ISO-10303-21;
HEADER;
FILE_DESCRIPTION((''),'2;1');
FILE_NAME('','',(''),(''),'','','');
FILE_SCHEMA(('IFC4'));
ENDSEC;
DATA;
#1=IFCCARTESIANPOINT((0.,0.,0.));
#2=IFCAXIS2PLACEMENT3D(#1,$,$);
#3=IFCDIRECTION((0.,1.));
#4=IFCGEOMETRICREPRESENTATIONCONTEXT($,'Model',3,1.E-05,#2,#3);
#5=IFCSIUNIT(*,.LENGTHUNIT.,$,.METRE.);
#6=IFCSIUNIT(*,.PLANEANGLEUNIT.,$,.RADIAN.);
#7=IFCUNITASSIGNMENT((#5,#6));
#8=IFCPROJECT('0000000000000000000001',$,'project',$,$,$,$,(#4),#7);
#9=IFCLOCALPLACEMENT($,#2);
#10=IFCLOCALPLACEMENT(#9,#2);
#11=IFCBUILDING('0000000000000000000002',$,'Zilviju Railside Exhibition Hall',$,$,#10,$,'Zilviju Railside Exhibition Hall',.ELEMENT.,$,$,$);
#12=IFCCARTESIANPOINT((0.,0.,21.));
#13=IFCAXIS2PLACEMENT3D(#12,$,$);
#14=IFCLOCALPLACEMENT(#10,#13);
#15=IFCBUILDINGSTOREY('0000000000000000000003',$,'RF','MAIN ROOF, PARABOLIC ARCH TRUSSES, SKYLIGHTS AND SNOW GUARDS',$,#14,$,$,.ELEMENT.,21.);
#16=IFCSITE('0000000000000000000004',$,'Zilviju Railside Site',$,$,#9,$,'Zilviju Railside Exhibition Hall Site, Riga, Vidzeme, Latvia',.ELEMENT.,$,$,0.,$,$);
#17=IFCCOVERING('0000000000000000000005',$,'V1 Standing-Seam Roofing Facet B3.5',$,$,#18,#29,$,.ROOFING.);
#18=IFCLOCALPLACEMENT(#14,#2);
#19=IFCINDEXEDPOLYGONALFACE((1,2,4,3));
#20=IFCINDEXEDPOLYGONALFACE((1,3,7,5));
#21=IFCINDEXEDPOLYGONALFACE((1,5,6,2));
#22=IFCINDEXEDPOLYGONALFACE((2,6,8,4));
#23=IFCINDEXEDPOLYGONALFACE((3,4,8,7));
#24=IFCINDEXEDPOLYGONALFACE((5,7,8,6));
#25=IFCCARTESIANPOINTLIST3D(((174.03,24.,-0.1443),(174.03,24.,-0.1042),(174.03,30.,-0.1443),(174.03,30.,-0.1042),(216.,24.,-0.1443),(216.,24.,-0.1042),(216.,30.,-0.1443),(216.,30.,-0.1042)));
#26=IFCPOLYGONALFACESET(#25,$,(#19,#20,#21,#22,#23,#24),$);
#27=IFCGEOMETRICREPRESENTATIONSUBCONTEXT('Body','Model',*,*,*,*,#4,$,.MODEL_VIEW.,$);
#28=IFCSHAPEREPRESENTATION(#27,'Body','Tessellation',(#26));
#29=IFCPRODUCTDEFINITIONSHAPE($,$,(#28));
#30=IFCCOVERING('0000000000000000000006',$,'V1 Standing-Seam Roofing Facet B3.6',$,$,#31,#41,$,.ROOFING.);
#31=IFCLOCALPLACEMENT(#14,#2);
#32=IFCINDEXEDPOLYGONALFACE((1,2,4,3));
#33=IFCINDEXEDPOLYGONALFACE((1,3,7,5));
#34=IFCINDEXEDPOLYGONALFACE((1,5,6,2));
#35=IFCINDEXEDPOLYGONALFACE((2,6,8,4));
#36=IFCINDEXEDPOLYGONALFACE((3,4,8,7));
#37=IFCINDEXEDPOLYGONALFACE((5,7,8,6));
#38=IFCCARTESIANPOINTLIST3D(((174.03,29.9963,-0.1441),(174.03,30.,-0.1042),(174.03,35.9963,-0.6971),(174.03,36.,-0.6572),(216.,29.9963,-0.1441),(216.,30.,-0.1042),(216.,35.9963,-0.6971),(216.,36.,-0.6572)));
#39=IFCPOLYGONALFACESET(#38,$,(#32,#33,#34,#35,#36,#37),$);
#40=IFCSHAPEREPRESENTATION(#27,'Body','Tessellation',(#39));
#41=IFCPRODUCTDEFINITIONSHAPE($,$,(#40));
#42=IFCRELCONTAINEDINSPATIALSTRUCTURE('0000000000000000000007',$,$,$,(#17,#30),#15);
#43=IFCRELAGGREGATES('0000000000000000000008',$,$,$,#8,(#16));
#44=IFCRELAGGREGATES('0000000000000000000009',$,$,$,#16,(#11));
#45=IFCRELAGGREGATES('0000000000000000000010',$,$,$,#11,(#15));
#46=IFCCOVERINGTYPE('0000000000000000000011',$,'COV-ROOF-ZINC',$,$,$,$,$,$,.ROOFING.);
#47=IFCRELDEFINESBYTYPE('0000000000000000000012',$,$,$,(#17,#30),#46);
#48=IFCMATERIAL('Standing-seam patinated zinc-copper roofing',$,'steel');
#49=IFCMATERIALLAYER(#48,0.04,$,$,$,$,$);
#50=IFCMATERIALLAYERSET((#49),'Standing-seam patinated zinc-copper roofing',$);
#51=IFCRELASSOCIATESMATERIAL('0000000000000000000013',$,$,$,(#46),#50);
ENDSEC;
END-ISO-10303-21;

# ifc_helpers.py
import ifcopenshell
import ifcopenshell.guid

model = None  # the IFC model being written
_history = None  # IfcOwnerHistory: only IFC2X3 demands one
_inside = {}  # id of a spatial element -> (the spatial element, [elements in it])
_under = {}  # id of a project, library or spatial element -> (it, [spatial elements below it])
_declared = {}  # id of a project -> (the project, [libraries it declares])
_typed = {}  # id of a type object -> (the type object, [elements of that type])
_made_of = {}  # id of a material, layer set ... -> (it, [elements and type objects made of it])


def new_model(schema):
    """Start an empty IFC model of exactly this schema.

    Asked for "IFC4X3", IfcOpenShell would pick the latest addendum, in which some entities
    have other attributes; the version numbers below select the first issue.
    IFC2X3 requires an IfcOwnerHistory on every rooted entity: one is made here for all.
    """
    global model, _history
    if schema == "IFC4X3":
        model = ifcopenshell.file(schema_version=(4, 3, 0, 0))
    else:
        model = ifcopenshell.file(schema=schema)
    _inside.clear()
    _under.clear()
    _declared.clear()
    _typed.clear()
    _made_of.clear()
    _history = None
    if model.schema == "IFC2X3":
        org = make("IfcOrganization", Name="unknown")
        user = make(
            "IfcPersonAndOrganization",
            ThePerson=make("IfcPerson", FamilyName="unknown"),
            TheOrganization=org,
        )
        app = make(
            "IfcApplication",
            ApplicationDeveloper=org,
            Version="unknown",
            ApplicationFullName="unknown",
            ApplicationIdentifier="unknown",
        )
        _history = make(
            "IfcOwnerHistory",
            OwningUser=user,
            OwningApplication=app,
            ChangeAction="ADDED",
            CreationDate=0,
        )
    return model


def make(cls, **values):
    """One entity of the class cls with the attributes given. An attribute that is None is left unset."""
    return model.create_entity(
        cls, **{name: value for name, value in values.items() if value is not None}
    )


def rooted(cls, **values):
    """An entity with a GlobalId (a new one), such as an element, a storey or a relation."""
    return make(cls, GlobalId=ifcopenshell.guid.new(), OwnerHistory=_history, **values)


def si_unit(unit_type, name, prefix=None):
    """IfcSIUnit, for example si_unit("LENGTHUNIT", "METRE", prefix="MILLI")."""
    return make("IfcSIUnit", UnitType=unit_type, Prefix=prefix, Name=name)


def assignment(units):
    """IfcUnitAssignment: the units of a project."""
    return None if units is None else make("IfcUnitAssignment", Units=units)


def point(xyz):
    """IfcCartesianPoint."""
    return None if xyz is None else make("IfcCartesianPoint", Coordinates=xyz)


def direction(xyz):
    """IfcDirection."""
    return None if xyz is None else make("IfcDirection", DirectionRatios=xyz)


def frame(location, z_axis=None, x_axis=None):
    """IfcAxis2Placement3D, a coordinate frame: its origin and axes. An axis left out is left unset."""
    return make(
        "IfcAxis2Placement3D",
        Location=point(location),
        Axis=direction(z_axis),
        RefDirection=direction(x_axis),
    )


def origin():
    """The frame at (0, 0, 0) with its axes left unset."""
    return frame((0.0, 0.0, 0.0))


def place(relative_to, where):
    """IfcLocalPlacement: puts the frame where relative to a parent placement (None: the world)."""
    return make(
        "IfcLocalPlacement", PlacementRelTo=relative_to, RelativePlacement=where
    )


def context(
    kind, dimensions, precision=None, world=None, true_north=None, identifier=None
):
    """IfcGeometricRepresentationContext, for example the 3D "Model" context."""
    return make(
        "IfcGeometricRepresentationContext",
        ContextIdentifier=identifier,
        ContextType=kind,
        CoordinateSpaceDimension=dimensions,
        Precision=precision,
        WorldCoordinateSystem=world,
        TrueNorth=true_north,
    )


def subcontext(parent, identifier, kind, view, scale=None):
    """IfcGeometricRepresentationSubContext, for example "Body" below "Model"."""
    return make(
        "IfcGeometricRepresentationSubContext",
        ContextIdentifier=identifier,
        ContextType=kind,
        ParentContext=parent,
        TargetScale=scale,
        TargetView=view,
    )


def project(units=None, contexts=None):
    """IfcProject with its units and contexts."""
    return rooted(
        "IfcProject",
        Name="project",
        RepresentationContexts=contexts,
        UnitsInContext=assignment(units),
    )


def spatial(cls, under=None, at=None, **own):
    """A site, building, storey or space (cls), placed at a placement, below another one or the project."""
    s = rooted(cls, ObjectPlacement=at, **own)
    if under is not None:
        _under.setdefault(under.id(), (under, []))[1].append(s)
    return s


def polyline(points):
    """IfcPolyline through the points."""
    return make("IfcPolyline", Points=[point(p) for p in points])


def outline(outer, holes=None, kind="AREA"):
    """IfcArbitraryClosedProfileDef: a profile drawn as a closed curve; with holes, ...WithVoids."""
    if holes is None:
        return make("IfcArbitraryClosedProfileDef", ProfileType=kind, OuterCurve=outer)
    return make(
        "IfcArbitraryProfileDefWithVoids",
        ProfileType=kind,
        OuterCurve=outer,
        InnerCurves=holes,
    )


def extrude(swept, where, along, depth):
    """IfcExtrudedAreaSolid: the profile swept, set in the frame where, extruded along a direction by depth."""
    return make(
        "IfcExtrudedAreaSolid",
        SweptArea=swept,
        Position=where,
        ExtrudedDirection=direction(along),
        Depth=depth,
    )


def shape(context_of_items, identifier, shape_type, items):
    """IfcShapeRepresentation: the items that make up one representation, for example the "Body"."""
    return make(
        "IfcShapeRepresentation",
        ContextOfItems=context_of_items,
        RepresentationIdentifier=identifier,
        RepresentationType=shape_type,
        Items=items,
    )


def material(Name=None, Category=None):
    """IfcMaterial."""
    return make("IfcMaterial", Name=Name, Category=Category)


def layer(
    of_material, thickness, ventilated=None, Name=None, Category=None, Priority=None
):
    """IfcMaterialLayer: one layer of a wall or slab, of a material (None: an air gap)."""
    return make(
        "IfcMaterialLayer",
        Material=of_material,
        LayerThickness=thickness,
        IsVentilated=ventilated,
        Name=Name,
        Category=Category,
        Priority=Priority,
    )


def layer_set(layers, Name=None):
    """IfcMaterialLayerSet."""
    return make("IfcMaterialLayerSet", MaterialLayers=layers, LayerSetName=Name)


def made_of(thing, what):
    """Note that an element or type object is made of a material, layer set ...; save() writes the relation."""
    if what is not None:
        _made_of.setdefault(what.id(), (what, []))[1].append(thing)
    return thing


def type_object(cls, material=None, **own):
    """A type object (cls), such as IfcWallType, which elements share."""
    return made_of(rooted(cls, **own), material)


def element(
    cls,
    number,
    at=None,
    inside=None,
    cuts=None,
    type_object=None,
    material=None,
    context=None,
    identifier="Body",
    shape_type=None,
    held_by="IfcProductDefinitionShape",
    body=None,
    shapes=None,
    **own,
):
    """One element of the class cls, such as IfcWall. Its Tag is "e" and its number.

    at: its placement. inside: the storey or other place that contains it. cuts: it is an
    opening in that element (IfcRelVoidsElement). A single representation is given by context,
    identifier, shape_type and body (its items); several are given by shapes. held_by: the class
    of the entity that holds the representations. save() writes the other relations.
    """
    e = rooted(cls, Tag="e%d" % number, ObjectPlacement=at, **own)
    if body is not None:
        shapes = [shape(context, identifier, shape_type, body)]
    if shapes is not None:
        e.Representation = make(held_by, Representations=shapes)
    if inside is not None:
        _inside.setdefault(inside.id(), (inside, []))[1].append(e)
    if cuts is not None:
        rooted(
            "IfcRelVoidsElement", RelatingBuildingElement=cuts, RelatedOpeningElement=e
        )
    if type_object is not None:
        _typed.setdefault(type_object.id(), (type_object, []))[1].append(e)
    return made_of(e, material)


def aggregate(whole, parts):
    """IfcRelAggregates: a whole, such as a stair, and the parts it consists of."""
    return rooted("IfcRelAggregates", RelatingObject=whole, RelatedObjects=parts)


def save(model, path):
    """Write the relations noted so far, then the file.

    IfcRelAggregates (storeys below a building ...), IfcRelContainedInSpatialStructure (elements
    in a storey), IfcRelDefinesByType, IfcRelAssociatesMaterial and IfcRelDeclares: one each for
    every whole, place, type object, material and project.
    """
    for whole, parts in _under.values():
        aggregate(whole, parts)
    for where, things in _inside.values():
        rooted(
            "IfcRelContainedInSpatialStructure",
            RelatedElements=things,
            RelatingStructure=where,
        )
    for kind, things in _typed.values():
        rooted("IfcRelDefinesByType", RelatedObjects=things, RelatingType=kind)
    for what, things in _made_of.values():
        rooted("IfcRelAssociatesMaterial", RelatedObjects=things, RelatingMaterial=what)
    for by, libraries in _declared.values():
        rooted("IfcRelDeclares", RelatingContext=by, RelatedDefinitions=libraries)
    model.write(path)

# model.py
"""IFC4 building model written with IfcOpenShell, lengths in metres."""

from ifc_helpers import new_model, si_unit, direction, frame, origin, place, context, subcontext, project, spatial, polyline, outline, extrude, material, layer, layer_set, type_object, element, save


model = new_model("IFC4")

# Units and contexts
model_context = context("Model", 3, precision=1e-05, world=origin(), true_north=direction((0.0, 1.0)))
body_context = subcontext(model_context, "Body", "Model", "MODEL_VIEW")
ifc_project = project(units=[si_unit("LENGTHUNIT", "METRE"), si_unit("PLANEANGLEUNIT", "RADIAN")], contexts=[model_context])

# Site, building, storey
site_placement = place(None, origin())
site = spatial("IfcSite", under=ifc_project, at=site_placement, Name="Zilviju Railside Site", LongName="Zilviju Railside Exhibition Hall Site, Riga, Vidzeme, Latvia", CompositionType="ELEMENT", RefElevation=0.0)
building_placement = place(site_placement, origin())
building = spatial("IfcBuilding", under=site, at=building_placement, Name="Zilviju Railside Exhibition Hall", LongName="Zilviju Railside Exhibition Hall", CompositionType="ELEMENT")
storey_placement = place(building_placement, frame((0.0, 0.0, 21.0)))
storey = spatial("IfcBuildingStorey", under=building, at=storey_placement, Name="RF", Description="MAIN ROOF, PARABOLIC ARCH TRUSSES, SKYLIGHTS AND SNOW GUARDS", CompositionType="ELEMENT", Elevation=21.0)

# Coverings
ifc_material_1 = material(Name="Standing-seam patinated zinc-copper roofing", Category="steel")
ifc_layer_1 = layer(ifc_material_1, 0.04)
ifc_layer_set_1 = layer_set([ifc_layer_1], Name="Standing-seam patinated zinc-copper roofing")
covering_type = type_object("IfcCoveringType", Name="COV-ROOF-ZINC", PredefinedType="ROOFING", material=ifc_layer_set_1)
covering_1_placement = place(storey_placement, frame((174.03, 24.0, -0.1042), z_axis=(0.0, 0.0, 1.0), x_axis=(1.0, 0.0, 0.0)))
element("IfcCovering", 1, at=covering_1_placement, inside=storey, type_object=covering_type, Name="V1 Standing-Seam Roofing Facet B3.5", PredefinedType="ROOFING", context=body_context, shape_type="SweptSolid", body=[
    extrude(outline(polyline([(0.0, 0.0), (41.97, 0.0), (41.97, 6.0), (0.0, 6.0), (0.0, 0.0)])), origin(), (0.0, 0.0, -1.0), 0.04),
])
covering_2_placement = place(storey_placement, frame((174.03, 30.0, -0.1042), z_axis=(0.0, 0.091774, 0.99578), x_axis=(1.0, 0.0, 0.0)))
element("IfcCovering", 2, at=covering_2_placement, inside=storey, type_object=covering_type, Name="V1 Standing-Seam Roofing Facet B3.6", PredefinedType="ROOFING", context=body_context, shape_type="SweptSolid", body=[
    extrude(outline(polyline([(0.0, 0.0), (41.97, 0.0), (41.97, 6.0254), (0.0, 6.0254), (0.0, 0.0)])), origin(), (0.0, 0.0, -1.0), 0.04),
])

save(model, "model.ifc")
